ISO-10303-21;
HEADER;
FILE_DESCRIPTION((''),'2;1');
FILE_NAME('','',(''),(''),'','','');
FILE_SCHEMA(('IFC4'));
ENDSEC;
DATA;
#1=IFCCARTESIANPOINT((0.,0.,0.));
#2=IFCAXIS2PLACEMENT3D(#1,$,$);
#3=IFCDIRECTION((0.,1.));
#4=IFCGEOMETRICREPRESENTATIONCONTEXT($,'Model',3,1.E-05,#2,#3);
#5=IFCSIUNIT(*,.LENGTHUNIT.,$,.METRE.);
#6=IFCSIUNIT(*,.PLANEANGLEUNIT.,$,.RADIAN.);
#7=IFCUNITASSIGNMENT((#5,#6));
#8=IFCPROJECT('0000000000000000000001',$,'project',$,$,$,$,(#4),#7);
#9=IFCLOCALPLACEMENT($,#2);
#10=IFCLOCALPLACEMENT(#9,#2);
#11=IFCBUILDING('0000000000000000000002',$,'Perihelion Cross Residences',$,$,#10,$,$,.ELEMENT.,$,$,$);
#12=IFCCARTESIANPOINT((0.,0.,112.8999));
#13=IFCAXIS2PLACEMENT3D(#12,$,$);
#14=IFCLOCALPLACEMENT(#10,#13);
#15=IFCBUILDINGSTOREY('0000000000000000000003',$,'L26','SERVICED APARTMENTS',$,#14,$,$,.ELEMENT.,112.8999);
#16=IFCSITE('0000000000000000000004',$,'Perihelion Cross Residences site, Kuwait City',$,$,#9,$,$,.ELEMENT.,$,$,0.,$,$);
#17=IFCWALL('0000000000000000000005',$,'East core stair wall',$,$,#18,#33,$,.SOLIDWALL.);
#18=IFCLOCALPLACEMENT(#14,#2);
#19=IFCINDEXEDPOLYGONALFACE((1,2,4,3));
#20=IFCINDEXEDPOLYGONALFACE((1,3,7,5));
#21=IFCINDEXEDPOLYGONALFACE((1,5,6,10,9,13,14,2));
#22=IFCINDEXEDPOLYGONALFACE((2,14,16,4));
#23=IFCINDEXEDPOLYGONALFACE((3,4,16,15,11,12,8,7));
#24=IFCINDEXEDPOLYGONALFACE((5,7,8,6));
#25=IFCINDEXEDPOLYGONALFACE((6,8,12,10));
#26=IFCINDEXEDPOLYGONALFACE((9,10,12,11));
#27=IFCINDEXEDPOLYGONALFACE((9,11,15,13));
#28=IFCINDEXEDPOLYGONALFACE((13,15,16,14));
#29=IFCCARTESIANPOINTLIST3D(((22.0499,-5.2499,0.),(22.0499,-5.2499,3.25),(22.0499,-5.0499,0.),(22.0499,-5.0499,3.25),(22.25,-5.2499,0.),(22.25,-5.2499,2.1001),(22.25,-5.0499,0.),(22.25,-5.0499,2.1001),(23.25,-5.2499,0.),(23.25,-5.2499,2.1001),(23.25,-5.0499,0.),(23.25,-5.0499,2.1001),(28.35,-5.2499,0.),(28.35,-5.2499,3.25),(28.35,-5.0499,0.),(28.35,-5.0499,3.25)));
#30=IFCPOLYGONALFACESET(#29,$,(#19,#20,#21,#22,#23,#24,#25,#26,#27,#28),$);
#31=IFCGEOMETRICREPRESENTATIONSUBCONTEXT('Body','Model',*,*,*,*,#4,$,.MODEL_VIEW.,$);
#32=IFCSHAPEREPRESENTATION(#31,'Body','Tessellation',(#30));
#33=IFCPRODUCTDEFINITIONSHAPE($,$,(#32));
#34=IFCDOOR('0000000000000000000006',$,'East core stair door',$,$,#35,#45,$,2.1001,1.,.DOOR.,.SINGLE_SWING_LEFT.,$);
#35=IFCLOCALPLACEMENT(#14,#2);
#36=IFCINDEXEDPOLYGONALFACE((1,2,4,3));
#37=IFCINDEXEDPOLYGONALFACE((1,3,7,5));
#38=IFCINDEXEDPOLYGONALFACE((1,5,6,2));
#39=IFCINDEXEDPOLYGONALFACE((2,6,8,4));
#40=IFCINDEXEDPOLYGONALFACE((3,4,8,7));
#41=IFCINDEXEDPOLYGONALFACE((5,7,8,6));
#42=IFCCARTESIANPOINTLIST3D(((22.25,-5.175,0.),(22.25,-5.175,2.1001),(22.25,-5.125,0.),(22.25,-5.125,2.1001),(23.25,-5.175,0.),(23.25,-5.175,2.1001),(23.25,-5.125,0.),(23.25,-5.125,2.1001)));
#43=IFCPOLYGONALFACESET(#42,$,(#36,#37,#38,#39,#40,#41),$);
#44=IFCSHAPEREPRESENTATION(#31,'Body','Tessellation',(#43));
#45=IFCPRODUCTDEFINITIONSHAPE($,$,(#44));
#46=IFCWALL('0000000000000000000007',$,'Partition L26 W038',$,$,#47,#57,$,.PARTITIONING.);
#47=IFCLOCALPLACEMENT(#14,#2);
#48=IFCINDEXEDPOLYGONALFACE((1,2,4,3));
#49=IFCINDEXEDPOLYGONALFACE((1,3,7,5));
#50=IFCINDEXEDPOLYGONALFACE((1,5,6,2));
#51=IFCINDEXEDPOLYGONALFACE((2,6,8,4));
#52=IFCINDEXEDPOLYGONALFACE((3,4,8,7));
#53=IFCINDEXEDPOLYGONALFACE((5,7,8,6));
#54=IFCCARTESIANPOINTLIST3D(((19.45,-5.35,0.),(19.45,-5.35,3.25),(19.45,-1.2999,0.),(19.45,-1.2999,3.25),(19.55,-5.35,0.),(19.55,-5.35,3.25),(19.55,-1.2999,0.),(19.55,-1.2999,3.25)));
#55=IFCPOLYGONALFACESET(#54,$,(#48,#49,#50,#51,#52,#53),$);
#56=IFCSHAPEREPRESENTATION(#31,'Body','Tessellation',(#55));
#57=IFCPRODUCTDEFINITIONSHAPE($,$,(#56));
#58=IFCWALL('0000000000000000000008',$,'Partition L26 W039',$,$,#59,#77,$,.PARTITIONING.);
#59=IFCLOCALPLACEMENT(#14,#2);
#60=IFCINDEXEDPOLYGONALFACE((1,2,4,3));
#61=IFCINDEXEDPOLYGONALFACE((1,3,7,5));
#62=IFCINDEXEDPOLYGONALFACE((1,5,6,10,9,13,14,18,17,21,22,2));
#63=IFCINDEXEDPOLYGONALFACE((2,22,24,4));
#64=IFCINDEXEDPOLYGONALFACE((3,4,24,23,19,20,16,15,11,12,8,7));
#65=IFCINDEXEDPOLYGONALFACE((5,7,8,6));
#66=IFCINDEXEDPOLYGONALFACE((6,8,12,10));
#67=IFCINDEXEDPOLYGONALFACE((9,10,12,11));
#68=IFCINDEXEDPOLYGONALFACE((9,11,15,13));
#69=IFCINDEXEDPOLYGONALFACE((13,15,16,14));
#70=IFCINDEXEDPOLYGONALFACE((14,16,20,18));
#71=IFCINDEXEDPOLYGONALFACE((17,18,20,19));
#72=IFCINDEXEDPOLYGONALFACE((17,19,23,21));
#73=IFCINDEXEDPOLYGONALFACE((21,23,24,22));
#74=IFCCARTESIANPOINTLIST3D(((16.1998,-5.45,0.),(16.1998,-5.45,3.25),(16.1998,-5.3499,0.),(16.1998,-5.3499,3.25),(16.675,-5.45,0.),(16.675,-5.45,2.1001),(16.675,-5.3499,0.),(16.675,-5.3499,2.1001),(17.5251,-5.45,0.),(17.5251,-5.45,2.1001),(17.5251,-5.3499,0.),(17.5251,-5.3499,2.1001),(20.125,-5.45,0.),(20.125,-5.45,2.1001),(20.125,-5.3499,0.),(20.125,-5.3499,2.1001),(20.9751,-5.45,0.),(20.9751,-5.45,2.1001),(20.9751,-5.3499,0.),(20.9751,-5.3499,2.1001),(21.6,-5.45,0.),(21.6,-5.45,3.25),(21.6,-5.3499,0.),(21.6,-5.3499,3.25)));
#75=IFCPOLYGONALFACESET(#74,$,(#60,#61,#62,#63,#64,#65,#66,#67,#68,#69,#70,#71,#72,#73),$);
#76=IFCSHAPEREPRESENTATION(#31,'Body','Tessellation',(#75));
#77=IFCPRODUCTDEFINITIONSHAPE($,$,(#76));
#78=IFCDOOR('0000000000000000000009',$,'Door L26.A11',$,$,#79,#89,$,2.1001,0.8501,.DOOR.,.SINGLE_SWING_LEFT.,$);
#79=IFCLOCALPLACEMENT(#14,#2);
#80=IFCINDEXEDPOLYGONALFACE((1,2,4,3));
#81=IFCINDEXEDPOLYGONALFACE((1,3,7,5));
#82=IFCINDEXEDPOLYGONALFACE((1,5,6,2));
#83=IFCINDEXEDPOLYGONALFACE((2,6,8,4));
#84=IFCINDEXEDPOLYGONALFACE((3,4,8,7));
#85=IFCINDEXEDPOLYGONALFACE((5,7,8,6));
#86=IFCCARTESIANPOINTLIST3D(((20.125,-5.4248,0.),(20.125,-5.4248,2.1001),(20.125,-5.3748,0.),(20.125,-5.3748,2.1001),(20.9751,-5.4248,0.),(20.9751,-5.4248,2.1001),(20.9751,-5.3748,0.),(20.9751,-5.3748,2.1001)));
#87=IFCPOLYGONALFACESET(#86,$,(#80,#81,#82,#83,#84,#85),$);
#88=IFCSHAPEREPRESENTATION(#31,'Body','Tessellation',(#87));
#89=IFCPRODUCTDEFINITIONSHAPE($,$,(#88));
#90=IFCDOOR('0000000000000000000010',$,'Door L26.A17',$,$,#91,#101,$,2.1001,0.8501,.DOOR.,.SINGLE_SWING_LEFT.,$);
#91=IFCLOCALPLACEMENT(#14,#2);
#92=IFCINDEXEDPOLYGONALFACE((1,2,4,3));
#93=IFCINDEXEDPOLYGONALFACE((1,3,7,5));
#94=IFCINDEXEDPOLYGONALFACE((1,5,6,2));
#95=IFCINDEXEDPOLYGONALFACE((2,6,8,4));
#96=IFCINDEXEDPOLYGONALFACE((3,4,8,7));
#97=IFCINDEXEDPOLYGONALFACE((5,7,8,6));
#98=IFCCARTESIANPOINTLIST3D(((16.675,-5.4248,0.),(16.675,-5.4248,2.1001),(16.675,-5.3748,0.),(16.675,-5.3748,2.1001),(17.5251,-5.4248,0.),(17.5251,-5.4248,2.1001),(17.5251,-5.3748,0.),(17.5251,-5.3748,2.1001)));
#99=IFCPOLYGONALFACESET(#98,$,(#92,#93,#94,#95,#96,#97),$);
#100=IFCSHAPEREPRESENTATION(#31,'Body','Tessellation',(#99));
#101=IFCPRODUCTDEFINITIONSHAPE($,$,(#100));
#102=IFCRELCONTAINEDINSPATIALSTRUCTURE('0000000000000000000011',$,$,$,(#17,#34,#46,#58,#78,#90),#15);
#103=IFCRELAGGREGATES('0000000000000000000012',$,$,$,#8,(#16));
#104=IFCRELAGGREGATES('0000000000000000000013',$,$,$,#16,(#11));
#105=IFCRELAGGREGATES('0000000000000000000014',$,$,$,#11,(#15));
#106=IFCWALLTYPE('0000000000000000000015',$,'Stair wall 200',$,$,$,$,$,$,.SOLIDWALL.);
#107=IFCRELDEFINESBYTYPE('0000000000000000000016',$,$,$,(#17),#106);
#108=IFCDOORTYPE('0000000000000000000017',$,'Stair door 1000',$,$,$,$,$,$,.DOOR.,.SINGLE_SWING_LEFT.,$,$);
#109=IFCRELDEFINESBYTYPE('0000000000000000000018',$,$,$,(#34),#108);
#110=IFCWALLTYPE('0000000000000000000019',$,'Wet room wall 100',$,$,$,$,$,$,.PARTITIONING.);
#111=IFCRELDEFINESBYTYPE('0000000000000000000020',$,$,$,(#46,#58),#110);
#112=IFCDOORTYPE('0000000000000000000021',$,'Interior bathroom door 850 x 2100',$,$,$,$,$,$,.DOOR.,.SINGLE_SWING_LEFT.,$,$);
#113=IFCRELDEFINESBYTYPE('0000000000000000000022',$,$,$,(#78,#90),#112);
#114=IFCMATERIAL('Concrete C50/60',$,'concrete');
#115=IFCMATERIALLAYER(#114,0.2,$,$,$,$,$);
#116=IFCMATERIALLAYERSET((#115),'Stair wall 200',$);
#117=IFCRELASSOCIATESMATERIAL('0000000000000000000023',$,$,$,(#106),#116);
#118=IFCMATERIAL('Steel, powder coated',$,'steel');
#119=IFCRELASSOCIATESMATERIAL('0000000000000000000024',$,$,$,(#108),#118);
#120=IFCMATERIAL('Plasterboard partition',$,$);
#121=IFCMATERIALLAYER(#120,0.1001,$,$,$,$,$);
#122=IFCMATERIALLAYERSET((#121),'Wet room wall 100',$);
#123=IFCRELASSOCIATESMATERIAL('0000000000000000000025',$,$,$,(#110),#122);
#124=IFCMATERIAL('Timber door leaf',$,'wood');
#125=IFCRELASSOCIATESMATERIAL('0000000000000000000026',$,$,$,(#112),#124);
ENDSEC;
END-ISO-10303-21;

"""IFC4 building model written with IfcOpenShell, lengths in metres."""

from ifc_helpers import new_model, si_unit, direction, frame, frame_2d, origin, place, context, subcontext, project, spatial, rectangle, extrude, material, layer, layer_set, type_object, element, fill, save


model = new_model("IFC4")

# Units and contexts
model_context = context("Model", 3, precision=1e-05, world=origin(), true_north=direction((0.0, 1.0)))
body_context = subcontext(model_context, "Body", "Model", "MODEL_VIEW")
ifc_project = project(units=[si_unit("LENGTHUNIT", "METRE"), si_unit("PLANEANGLEUNIT", "RADIAN")], contexts=[model_context])

# Site, building, storey
site_placement = place(None, origin())
site = spatial("IfcSite", under=ifc_project, at=site_placement, Name="Perihelion Cross Residences site, Kuwait City", CompositionType="ELEMENT", RefElevation=0.0)
building_placement = place(site_placement, origin())
building = spatial("IfcBuilding", under=site, at=building_placement, Name="Perihelion Cross Residences", CompositionType="ELEMENT")
storey_placement = place(building_placement, frame((0.0, 0.0, 112.8999)))
storey = spatial("IfcBuildingStorey", under=building, at=storey_placement, Name="L26", Description="SERVICED APARTMENTS", CompositionType="ELEMENT", Elevation=112.8999)

# Wall, opening, door
ifc_material_1 = material(Name="Concrete C50/60", Category="concrete")
ifc_layer_1 = layer(ifc_material_1, 0.2)
ifc_layer_set_1 = layer_set([ifc_layer_1], Name="Stair wall 200")
wall_type_1 = type_object("IfcWallType", Name="Stair wall 200", PredefinedType="SOLIDWALL", material=ifc_layer_set_1)
wall_1_placement = place(storey_placement, frame((22.05, -5.1499, 0.0), z_axis=(0.0, 0.0, 1.0), x_axis=(1.0, 0.0, 0.0)))
wall_1 = element("IfcWall", 1, at=wall_1_placement, inside=storey, type_object=wall_type_1, Name="East core stair wall", PredefinedType="SOLIDWALL", context=body_context, shape_type="SweptSolid", body=[
    extrude(rectangle(XDim=6.3, YDim=0.2, at=frame_2d((3.1499, 0.0))), origin(), (0.0, 0.0, 1.0), 3.25),
])
opening_1_placement = place(wall_1_placement, frame((0.2, 0.0, 0.0)))
opening_1 = element("IfcOpeningElement", 2, at=opening_1_placement, cuts=wall_1, PredefinedType="OPENING", context=body_context, shape_type="SweptSolid", body=[
    extrude(rectangle(XDim=1.0, YDim=2.1001, at=frame_2d((0.5, 1.05))), frame((0.0, 0.1099, 0.0), z_axis=(0.0, -1.0, 0.0), x_axis=(1.0, 0.0, 0.0)), (0.0, 0.0, 1.0), 0.22),
])
ifc_material_2 = material(Name="Steel, powder coated", Category="steel")
door_type_1 = type_object("IfcDoorType", Name="Stair door 1000", OperationType="SINGLE_SWING_LEFT", PredefinedType="DOOR", material=ifc_material_2)
door_1_placement = place(opening_1_placement, origin())
door_1 = element("IfcDoor", 3, at=door_1_placement, inside=storey, type_object=door_type_1, Name="East core stair door", OperationType="SINGLE_SWING_LEFT", OverallHeight=2.1001, OverallWidth=1.0, PredefinedType="DOOR", context=body_context, shape_type="SweptSolid", body=[
    extrude(rectangle(XDim=1.0, YDim=2.1001, at=frame_2d((0.5, 1.05))), frame((0.0, 0.0249, 0.0), z_axis=(0.0, -1.0, 0.0), x_axis=(1.0, 0.0, 0.0)), (0.0, 0.0, 1.0), 0.05),
])
fill(opening_1, door_1)

# Wall
ifc_material_3 = material(Name="Plasterboard partition")
ifc_layer_2 = layer(ifc_material_3, 0.1001)
ifc_layer_set_2 = layer_set([ifc_layer_2], Name="Wet room wall 100")
wall_type_2 = type_object("IfcWallType", Name="Wet room wall 100", PredefinedType="PARTITIONING", material=ifc_layer_set_2)
wall_2_placement = place(storey_placement, frame((19.5, -1.3, 0.0), z_axis=(0.0, 0.0, 1.0), x_axis=(0.0, -1.0, 0.0)))
element("IfcWall", 4, at=wall_2_placement, inside=storey, type_object=wall_type_2, Name="Partition L26 W038", PredefinedType="PARTITIONING", context=body_context, shape_type="SweptSolid", body=[
    extrude(rectangle(XDim=4.05, YDim=0.1001, at=frame_2d((2.0249, 0.0))), origin(), (0.0, 0.0, 1.0), 3.25),
])

# Wall, openings, doors
wall_3_placement = place(storey_placement, frame((21.6001, -5.3999, 0.0), z_axis=(0.0, 0.0, 1.0), x_axis=(-1.0, 0.0, 0.0)))
wall_3 = element("IfcWall", 5, at=wall_3_placement, inside=storey, type_object=wall_type_2, Name="Partition L26 W039", PredefinedType="PARTITIONING", context=body_context, shape_type="SweptSolid", body=[
    extrude(rectangle(XDim=5.4001, YDim=0.1001, at=frame_2d((2.7002, 0.0))), origin(), (0.0, 0.0, 1.0), 3.25),
])
opening_2_placement = place(wall_3_placement, frame((0.625, 0.0, 0.0)))
opening_2 = element("IfcOpeningElement", 6, at=opening_2_placement, cuts=wall_3, PredefinedType="OPENING", context=body_context, shape_type="SweptSolid", body=[
    extrude(rectangle(XDim=0.8501, YDim=2.1001, at=frame_2d((0.425, 1.05))), frame((0.0, 0.0601, 0.0), z_axis=(0.0, -1.0, 0.0), x_axis=(1.0, 0.0, 0.0)), (0.0, 0.0, 1.0), 0.1201),
])
opening_3_placement = place(wall_3_placement, frame((4.075, 0.0, 0.0)))
opening_3 = element("IfcOpeningElement", 7, at=opening_3_placement, cuts=wall_3, PredefinedType="OPENING", context=body_context, shape_type="SweptSolid", body=[
    extrude(rectangle(XDim=0.8501, YDim=2.1001, at=frame_2d((0.425, 1.05))), frame((0.0, 0.0601, 0.0), z_axis=(0.0, -1.0, 0.0), x_axis=(1.0, 0.0, 0.0)), (0.0, 0.0, 1.0), 0.1201),
])
ifc_material_4 = material(Name="Timber door leaf", Category="wood")
door_type_2 = type_object("IfcDoorType", Name="Interior bathroom door 850 x 2100", OperationType="SINGLE_SWING_LEFT", PredefinedType="DOOR", material=ifc_material_4)
door_2_placement = place(opening_2_placement, origin())
door_2 = element("IfcDoor", 8, at=door_2_placement, inside=storey, type_object=door_type_2, Name="Door L26.A11", OperationType="SINGLE_SWING_LEFT", OverallHeight=2.1001, OverallWidth=0.8501, PredefinedType="DOOR", context=body_context, shape_type="SweptSolid", body=[
    extrude(rectangle(XDim=0.8501, YDim=2.1001, at=frame_2d((0.425, 1.05))), frame((0.0, 0.0249, 0.0), z_axis=(0.0, -1.0, 0.0), x_axis=(1.0, 0.0, 0.0)), (0.0, 0.0, 1.0), 0.05),
])
fill(opening_2, door_2)
door_3_placement = place(opening_3_placement, origin())
door_3 = element("IfcDoor", 9, at=door_3_placement, inside=storey, type_object=door_type_2, Name="Door L26.A17", OperationType="SINGLE_SWING_LEFT", OverallHeight=2.1001, OverallWidth=0.8501, PredefinedType="DOOR", context=body_context, shape_type="SweptSolid", body=[
    extrude(rectangle(XDim=0.8501, YDim=2.1001, at=frame_2d((0.425, 1.05))), frame((0.0, 0.0249, 0.0), z_axis=(0.0, -1.0, 0.0), x_axis=(1.0, 0.0, 0.0)), (0.0, 0.0, 1.0), 0.05),
])
fill(opening_3, door_3)

save(model, "model.ifc")
